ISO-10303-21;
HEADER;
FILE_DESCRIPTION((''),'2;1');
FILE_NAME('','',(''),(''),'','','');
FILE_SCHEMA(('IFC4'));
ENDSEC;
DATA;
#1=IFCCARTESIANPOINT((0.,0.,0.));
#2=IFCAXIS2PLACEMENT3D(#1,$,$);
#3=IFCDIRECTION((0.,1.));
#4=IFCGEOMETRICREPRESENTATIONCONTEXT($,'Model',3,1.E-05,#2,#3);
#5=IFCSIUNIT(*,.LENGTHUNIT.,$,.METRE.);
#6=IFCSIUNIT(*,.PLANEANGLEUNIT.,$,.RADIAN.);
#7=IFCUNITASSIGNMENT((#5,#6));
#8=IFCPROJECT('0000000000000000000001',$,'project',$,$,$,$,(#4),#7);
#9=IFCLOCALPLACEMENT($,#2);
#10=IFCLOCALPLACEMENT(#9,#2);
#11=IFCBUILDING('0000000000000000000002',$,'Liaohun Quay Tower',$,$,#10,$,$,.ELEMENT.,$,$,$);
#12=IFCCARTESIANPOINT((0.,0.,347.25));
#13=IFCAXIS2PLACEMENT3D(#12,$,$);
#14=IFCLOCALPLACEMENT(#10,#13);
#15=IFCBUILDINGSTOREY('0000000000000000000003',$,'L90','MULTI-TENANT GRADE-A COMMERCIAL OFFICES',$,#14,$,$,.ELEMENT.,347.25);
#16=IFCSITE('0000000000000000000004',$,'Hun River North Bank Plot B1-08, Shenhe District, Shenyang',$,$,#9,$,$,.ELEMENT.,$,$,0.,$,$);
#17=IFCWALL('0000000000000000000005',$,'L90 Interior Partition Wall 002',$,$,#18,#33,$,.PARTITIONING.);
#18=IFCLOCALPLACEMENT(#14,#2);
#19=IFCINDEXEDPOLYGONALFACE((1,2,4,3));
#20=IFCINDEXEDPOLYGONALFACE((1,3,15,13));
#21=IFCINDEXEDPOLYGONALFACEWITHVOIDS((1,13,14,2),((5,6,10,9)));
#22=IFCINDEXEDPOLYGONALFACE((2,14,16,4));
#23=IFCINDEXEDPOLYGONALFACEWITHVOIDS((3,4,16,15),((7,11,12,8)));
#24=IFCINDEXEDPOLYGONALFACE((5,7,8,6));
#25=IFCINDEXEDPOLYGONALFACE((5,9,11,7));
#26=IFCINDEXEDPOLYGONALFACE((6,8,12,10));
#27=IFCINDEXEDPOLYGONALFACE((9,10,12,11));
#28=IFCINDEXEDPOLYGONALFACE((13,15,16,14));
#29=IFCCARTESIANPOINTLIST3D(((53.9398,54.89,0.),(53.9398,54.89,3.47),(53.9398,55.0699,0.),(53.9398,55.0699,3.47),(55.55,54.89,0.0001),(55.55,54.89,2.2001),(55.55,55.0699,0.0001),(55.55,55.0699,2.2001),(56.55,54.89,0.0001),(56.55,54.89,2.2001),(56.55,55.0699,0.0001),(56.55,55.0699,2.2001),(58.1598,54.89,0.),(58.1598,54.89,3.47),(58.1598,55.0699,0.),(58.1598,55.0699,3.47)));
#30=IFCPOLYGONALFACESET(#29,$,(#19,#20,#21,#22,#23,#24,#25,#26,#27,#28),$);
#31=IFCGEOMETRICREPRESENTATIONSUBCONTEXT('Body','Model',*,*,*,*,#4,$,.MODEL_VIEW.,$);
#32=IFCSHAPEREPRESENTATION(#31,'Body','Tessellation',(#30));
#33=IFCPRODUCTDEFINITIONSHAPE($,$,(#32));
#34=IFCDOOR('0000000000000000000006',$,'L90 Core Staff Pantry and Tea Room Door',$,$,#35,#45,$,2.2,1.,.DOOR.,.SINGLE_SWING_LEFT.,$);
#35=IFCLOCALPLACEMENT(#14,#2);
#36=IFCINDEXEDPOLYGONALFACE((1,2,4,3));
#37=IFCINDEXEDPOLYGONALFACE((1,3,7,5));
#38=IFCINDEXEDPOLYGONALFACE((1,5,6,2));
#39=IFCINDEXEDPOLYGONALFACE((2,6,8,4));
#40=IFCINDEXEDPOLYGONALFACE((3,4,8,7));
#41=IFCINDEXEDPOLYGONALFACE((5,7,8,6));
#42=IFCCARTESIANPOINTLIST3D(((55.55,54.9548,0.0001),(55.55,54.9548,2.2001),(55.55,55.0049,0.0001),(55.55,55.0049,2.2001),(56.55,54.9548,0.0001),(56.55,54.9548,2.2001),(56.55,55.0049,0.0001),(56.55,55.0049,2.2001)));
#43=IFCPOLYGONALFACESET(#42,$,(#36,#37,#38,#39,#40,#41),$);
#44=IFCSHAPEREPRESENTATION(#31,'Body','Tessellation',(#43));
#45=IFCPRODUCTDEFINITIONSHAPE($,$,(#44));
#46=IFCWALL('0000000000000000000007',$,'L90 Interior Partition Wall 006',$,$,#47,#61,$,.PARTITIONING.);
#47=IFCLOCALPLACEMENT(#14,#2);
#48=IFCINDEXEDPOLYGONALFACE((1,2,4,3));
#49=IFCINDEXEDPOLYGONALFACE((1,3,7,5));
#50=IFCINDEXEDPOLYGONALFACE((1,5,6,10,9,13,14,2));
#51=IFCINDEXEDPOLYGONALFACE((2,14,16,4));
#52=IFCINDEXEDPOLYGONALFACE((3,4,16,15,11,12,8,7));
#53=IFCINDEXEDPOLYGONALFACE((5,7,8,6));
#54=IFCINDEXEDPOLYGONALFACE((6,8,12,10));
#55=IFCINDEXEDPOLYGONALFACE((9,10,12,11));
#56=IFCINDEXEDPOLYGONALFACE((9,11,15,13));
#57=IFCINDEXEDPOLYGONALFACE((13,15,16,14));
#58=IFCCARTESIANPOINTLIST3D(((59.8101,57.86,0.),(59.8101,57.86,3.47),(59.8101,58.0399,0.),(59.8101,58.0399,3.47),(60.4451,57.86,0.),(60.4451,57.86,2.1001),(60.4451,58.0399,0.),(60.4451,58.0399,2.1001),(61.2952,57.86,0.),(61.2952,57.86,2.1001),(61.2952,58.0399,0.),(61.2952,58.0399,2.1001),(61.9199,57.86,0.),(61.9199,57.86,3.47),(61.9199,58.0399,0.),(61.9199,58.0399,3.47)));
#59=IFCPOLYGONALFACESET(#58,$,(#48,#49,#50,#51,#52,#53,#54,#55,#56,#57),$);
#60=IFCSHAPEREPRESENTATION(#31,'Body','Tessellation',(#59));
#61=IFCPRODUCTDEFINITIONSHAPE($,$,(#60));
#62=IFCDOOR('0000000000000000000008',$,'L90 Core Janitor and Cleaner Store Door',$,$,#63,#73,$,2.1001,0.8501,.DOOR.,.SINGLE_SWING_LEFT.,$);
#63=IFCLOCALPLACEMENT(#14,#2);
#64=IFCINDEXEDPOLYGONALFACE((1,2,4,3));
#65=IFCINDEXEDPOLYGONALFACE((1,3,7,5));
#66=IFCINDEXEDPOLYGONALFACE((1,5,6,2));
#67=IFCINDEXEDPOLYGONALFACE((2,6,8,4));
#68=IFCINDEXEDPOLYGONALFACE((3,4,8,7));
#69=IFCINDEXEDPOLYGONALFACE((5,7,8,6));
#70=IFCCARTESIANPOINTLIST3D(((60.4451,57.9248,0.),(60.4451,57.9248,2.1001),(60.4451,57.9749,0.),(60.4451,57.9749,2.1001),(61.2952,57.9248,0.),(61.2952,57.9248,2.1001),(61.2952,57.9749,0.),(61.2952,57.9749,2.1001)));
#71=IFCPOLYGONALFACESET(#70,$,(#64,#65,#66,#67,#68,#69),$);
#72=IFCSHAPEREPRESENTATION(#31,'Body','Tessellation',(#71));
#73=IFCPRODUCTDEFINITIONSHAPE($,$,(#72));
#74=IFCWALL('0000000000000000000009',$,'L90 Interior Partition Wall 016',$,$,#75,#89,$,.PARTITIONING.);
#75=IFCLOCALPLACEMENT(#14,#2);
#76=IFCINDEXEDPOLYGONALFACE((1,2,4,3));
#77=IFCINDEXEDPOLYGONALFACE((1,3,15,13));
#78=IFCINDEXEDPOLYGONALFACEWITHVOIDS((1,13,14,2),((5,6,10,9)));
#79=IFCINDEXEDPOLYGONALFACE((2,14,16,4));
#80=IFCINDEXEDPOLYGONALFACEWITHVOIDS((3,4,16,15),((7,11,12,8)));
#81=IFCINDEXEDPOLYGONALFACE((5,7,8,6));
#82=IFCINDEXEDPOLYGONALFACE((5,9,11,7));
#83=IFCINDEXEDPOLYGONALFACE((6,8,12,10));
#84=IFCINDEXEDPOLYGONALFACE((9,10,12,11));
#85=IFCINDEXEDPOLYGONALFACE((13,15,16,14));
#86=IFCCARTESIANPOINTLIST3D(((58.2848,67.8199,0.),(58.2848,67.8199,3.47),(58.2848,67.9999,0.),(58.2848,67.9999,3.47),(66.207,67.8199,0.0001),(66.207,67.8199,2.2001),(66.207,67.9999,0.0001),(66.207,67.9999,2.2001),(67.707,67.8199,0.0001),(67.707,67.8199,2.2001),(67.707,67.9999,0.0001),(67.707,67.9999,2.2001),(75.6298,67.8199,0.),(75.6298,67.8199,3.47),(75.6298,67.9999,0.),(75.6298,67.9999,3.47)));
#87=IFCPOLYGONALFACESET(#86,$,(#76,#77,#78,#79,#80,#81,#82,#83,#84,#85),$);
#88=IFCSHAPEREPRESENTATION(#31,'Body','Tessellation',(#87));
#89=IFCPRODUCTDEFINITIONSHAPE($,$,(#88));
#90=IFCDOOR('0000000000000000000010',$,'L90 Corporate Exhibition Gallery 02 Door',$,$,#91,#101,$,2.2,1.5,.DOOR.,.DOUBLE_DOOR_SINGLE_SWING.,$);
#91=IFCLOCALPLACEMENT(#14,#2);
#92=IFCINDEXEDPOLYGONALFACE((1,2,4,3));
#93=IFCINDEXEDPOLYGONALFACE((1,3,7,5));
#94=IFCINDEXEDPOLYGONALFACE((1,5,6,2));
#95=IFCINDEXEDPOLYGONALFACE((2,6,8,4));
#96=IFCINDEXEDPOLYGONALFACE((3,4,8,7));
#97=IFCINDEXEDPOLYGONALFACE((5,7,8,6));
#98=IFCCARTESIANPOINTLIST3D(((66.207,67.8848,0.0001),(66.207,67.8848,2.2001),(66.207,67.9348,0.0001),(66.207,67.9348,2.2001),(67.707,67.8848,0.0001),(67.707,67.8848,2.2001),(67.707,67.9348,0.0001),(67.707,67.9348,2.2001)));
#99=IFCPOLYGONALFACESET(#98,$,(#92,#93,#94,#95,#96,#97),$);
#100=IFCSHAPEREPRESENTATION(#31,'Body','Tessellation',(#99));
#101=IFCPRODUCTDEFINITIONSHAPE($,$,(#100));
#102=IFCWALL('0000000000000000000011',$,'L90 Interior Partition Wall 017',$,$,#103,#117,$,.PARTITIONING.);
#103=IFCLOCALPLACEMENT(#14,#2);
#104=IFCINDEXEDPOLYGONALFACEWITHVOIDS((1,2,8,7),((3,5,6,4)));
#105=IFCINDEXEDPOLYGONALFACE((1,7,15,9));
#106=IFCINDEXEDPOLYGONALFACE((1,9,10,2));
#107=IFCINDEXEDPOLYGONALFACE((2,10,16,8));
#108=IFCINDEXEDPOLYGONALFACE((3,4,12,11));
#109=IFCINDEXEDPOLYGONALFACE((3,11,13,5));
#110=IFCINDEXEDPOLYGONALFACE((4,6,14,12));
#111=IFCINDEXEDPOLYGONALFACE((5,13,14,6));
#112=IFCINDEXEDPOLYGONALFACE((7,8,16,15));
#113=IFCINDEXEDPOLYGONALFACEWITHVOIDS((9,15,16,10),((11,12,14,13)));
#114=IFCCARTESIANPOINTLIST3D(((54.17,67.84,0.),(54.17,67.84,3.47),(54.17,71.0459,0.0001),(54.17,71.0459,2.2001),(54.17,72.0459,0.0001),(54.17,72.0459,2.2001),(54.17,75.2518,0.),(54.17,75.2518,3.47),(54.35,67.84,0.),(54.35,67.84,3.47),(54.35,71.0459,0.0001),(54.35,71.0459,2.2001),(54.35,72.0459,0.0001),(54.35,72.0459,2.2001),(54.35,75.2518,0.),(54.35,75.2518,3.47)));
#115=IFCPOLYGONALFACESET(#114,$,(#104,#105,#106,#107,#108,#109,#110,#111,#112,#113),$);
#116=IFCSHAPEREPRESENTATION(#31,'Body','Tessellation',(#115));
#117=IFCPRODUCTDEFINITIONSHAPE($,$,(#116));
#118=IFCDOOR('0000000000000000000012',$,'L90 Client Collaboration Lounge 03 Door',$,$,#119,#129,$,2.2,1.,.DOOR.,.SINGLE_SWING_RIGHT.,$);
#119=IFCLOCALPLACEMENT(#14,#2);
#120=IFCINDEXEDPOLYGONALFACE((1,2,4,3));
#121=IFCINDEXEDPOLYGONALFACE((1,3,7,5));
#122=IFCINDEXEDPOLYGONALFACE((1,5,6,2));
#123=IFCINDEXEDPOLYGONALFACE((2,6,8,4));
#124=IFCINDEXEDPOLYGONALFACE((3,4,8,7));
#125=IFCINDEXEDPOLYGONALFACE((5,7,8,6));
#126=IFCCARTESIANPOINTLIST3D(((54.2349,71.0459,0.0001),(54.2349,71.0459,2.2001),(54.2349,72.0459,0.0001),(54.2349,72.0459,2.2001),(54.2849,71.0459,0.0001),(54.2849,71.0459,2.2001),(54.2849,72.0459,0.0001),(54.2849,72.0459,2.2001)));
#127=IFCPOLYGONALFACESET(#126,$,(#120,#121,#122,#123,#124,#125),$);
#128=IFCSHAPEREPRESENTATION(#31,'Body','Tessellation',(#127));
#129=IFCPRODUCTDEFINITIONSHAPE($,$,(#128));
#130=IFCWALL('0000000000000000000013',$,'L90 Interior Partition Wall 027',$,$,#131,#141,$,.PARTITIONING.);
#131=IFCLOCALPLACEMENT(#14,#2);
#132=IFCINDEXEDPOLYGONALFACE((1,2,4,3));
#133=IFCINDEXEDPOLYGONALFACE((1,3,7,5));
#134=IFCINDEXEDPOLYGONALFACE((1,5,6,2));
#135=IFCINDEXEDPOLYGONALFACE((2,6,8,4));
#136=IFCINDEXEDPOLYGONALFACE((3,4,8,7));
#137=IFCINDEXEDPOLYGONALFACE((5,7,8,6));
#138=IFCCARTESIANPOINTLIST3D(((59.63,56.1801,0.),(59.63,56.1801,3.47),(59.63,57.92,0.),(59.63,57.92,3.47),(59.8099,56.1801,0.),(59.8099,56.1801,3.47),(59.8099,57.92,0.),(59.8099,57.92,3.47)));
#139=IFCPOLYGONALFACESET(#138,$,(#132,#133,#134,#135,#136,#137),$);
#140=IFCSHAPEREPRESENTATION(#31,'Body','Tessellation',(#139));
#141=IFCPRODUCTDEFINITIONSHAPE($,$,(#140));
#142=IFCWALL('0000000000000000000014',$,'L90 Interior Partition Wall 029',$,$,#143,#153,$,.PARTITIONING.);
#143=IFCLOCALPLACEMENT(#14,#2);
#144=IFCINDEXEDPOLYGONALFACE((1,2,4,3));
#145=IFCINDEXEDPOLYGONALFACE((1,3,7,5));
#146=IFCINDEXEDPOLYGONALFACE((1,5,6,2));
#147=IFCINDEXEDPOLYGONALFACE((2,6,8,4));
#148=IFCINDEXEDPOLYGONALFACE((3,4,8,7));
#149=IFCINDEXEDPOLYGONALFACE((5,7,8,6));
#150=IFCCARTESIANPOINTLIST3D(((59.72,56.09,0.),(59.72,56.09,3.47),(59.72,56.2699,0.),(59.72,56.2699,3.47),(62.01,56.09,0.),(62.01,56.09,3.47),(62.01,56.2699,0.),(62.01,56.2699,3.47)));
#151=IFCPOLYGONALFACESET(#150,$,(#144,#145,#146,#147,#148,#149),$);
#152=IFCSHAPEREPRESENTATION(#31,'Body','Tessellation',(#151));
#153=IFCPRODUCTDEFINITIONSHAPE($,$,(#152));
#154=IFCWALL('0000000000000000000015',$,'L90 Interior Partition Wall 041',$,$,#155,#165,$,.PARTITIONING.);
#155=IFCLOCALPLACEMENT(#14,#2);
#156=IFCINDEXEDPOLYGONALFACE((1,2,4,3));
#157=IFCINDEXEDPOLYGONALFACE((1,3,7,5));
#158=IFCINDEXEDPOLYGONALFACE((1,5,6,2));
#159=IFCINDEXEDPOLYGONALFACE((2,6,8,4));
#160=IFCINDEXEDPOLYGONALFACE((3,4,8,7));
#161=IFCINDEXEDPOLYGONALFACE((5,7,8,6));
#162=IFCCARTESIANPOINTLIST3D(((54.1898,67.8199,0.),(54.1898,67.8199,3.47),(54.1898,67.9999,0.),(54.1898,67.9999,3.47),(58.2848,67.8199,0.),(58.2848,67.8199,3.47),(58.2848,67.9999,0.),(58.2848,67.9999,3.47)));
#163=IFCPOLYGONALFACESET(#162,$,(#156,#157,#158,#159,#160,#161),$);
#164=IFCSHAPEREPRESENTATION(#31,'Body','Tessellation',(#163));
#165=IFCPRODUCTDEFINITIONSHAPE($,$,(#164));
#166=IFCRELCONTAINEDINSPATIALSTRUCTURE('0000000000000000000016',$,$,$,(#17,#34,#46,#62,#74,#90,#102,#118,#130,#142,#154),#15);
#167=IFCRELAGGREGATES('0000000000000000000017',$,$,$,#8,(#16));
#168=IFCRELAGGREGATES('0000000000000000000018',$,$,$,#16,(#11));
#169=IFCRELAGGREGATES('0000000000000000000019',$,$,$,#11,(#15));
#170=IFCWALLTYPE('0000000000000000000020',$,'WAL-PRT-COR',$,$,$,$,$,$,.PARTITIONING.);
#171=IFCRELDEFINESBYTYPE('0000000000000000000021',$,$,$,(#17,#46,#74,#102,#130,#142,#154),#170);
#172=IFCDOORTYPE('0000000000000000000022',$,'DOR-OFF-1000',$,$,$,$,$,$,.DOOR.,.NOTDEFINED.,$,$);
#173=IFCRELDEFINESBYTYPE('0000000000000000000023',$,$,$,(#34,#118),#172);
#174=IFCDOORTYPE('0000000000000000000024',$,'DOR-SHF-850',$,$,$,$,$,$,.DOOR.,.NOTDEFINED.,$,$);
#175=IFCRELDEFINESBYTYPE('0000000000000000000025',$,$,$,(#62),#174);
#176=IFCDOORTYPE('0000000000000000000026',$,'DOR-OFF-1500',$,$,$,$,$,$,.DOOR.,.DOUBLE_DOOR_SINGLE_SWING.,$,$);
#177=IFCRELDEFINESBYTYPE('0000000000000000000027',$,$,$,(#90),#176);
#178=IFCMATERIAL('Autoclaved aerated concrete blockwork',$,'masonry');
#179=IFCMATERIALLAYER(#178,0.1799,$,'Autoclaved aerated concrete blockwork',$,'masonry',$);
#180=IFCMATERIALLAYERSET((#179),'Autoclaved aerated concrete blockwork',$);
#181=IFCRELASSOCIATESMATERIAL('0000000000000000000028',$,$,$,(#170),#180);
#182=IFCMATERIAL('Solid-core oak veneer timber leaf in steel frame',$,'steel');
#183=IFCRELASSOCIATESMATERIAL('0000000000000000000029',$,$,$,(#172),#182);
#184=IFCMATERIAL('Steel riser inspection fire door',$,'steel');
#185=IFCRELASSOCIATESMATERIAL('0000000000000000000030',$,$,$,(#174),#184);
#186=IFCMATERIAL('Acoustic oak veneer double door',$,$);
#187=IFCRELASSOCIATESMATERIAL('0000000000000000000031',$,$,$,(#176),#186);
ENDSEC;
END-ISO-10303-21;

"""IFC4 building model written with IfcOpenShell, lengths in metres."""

from ifc_helpers import new_model, si_unit, direction, frame, frame_2d, origin, place, context, subcontext, project, spatial, rectangle, extrude, source, transform, mapped, material, layer, layer_set, type_object, element, fill, save


model = new_model("IFC4")

# Units and contexts
model_context = context("Model", 3, precision=1e-05, world=origin(), true_north=direction((0.0, 1.0)))
body_context = subcontext(model_context, "Body", "Model", "MODEL_VIEW")
ifc_project = project(units=[si_unit("LENGTHUNIT", "METRE"), si_unit("PLANEANGLEUNIT", "RADIAN")], contexts=[model_context])

# Site, building, storey
site_placement = place(None, origin())
site = spatial("IfcSite", under=ifc_project, at=site_placement, Name="Hun River North Bank Plot B1-08, Shenhe District, Shenyang", CompositionType="ELEMENT", RefElevation=0.0)
building_placement = place(site_placement, origin())
building = spatial("IfcBuilding", under=site, at=building_placement, Name="Liaohun Quay Tower", CompositionType="ELEMENT")
storey_placement = place(building_placement, frame((0.0, 0.0, 347.25)))
storey = spatial("IfcBuildingStorey", under=building, at=storey_placement, Name="L90", Description="MULTI-TENANT GRADE-A COMMERCIAL OFFICES", CompositionType="ELEMENT", Elevation=347.25)

# Walls, openings, doors
ifc_material_1 = material(Name="Autoclaved aerated concrete blockwork", Category="masonry")
ifc_layer_1 = layer(ifc_material_1, 0.1799, Name="Autoclaved aerated concrete blockwork", Category="masonry")
ifc_layer_set_1 = layer_set([ifc_layer_1], Name="Autoclaved aerated concrete blockwork")
wall_type_1 = type_object("IfcWallType", Name="WAL-PRT-COR", PredefinedType="PARTITIONING", material=ifc_layer_set_1)
wall_1_placement = place(storey_placement, frame((53.9399, 54.98, 0.0), z_axis=(0.0, 0.0, 1.0), x_axis=(1.0, 0.0, 0.0)))
wall_1 = element("IfcWall", 1, at=wall_1_placement, inside=storey, type_object=wall_type_1, Name="L90 Interior Partition Wall 002", PredefinedType="PARTITIONING", context=body_context, shape_type="SweptSolid", body=[
    extrude(rectangle(XDim=4.22, YDim=0.1799, at=frame_2d((2.1099, 0.0))), origin(), (0.0, 0.0, 1.0), 3.47),
])
shared_shape_1 = source(origin(), body_context, "Body", "SweptSolid", [
    extrude(rectangle(XDim=1.0, YDim=2.2, at=frame_2d((0.5, 1.1001))), frame((0.0, 0.0999, 0.0), z_axis=(0.0, -1.0, 0.0), x_axis=(1.0, 0.0, 0.0)), (0.0, 0.0, 1.0), 0.2),
])
opening_1_placement = place(wall_1_placement, frame((1.6101, 0.0, 0.0)))
opening_1 = element("IfcOpeningElement", 2, at=opening_1_placement, cuts=wall_1, PredefinedType="OPENING", context=body_context, shape_type="MappedRepresentation", body=[
    mapped(shared_shape_1, transform((0.0, 0.0, 0.0), x_axis=(1.0, 0.0, 0.0), y_axis=(0.0, 1.0, 0.0), z_axis=(0.0, 0.0, 1.0), scale=1.0)),
])
ifc_material_2 = material(Name="Solid-core oak veneer timber leaf in steel frame", Category="steel")
door_type_1 = type_object("IfcDoorType", Name="DOR-OFF-1000", OperationType="NOTDEFINED", PredefinedType="DOOR", material=ifc_material_2)
shared_shape_2 = source(origin(), body_context, "Body", "SweptSolid", [
    extrude(rectangle(XDim=1.0, YDim=2.2, at=frame_2d((0.5, 1.1001))), frame((0.0, 0.0249, 0.0), z_axis=(0.0, -1.0, 0.0), x_axis=(1.0, 0.0, 0.0)), (0.0, 0.0, 1.0), 0.05),
])
door_1_placement = place(opening_1_placement, origin())
door_1 = element("IfcDoor", 3, at=door_1_placement, inside=storey, type_object=door_type_1, Name="L90 Core Staff Pantry and Tea Room Door", OperationType="SINGLE_SWING_LEFT", OverallHeight=2.2, OverallWidth=1.0, PredefinedType="DOOR", context=body_context, shape_type="MappedRepresentation", body=[
    mapped(shared_shape_2, transform((0.0, 0.0, 0.0), x_axis=(1.0, 0.0, 0.0), y_axis=(0.0, 1.0, 0.0), z_axis=(0.0, 0.0, 1.0), scale=1.0)),
])
fill(opening_1, door_1)
wall_2_placement = place(storey_placement, frame((59.8101, 57.95, 0.0), z_axis=(0.0, 0.0, 1.0), x_axis=(1.0, 0.0, 0.0)))
wall_2 = element("IfcWall", 4, at=wall_2_placement, inside=storey, type_object=wall_type_1, Name="L90 Interior Partition Wall 006", PredefinedType="PARTITIONING", context=body_context, shape_type="SweptSolid", body=[
    extrude(rectangle(XDim=2.1099, YDim=0.1799, at=frame_2d((1.0549, 0.0))), origin(), (0.0, 0.0, 1.0), 3.47),
])
shared_shape_3 = source(origin(), body_context, "Body", "SweptSolid", [
    extrude(rectangle(XDim=0.8501, YDim=2.1001, at=frame_2d((0.425, 1.05))), frame((0.0, 0.0999, 0.0), z_axis=(0.0, -1.0, 0.0), x_axis=(1.0, 0.0, 0.0)), (0.0, 0.0, 1.0), 0.2),
])
opening_2_placement = place(wall_2_placement, frame((0.635, 0.0, 0.0)))
opening_2 = element("IfcOpeningElement", 5, at=opening_2_placement, cuts=wall_2, PredefinedType="OPENING", context=body_context, shape_type="MappedRepresentation", body=[
    mapped(shared_shape_3, transform((0.0, 0.0, 0.0), x_axis=(1.0, 0.0, 0.0), y_axis=(0.0, 1.0, 0.0), z_axis=(0.0, 0.0, 1.0), scale=1.0)),
])
ifc_material_3 = material(Name="Steel riser inspection fire door", Category="steel")
door_type_2 = type_object("IfcDoorType", Name="DOR-SHF-850", OperationType="NOTDEFINED", PredefinedType="DOOR", material=ifc_material_3)
shared_shape_4 = source(origin(), body_context, "Body", "SweptSolid", [
    extrude(rectangle(XDim=0.8501, YDim=2.1001, at=frame_2d((0.425, 1.05))), frame((0.0, 0.0249, 0.0), z_axis=(0.0, -1.0, 0.0), x_axis=(1.0, 0.0, 0.0)), (0.0, 0.0, 1.0), 0.05),
])
door_2_placement = place(opening_2_placement, origin())
door_2 = element("IfcDoor", 6, at=door_2_placement, inside=storey, type_object=door_type_2, Name="L90 Core Janitor and Cleaner Store Door", OperationType="SINGLE_SWING_LEFT", OverallHeight=2.1001, OverallWidth=0.8501, PredefinedType="DOOR", context=body_context, shape_type="MappedRepresentation", body=[
    mapped(shared_shape_4, transform((0.0, 0.0, 0.0), x_axis=(1.0, 0.0, 0.0), y_axis=(0.0, 1.0, 0.0), z_axis=(0.0, 0.0, 1.0), scale=1.0)),
])
fill(opening_2, door_2)
wall_3_placement = place(storey_placement, frame((58.2849, 67.9099, 0.0), z_axis=(0.0, 0.0, 1.0), x_axis=(1.0, 0.0, 0.0)))
wall_3 = element("IfcWall", 7, at=wall_3_placement, inside=storey, type_object=wall_type_1, Name="L90 Interior Partition Wall 016", PredefinedType="PARTITIONING", context=body_context, shape_type="SweptSolid", body=[
    extrude(rectangle(XDim=17.345, YDim=0.1799, at=frame_2d((8.6724, 0.0))), origin(), (0.0, 0.0, 1.0), 3.47),
])
shared_shape_5 = source(origin(), body_context, "Body", "SweptSolid", [
    extrude(rectangle(XDim=1.5, YDim=2.2, at=frame_2d((0.75, 1.1001))), frame((0.0, 0.0999, 0.0), z_axis=(0.0, -1.0, 0.0), x_axis=(1.0, 0.0, 0.0)), (0.0, 0.0, 1.0), 0.2),
])
opening_3_placement = place(wall_3_placement, frame((7.9221, 0.0, 0.0)))
opening_3 = element("IfcOpeningElement", 8, at=opening_3_placement, cuts=wall_3, PredefinedType="OPENING", context=body_context, shape_type="MappedRepresentation", body=[
    mapped(shared_shape_5, transform((0.0, 0.0, 0.0), x_axis=(1.0, 0.0, 0.0), y_axis=(0.0, 1.0, 0.0), z_axis=(0.0, 0.0, 1.0), scale=1.0)),
])
ifc_material_4 = material(Name="Acoustic oak veneer double door")
door_type_3 = type_object("IfcDoorType", Name="DOR-OFF-1500", OperationType="DOUBLE_DOOR_SINGLE_SWING", PredefinedType="DOOR", material=ifc_material_4)
shared_shape_6 = source(origin(), body_context, "Body", "SweptSolid", [
    extrude(rectangle(XDim=1.5, YDim=2.2, at=frame_2d((0.75, 1.1001))), frame((0.0, 0.0249, 0.0), z_axis=(0.0, -1.0, 0.0), x_axis=(1.0, 0.0, 0.0)), (0.0, 0.0, 1.0), 0.05),
])
door_3_placement = place(opening_3_placement, origin())
door_3 = element("IfcDoor", 9, at=door_3_placement, inside=storey, type_object=door_type_3, Name="L90 Corporate Exhibition Gallery 02 Door", OperationType="DOUBLE_DOOR_SINGLE_SWING", OverallHeight=2.2, OverallWidth=1.5, PredefinedType="DOOR", context=body_context, shape_type="MappedRepresentation", body=[
    mapped(shared_shape_6, transform((0.0, 0.0, 0.0), x_axis=(1.0, 0.0, 0.0), y_axis=(0.0, 1.0, 0.0), z_axis=(0.0, 0.0, 1.0), scale=1.0)),
])
fill(opening_3, door_3)
wall_4_placement = place(storey_placement, frame((54.26, 75.252, 0.0), z_axis=(0.0, 0.0, 1.0), x_axis=(0.0, -1.0, 0.0)))
wall_4 = element("IfcWall", 10, at=wall_4_placement, inside=storey, type_object=wall_type_1, Name="L90 Interior Partition Wall 017", PredefinedType="PARTITIONING", context=body_context, shape_type="SweptSolid", body=[
    extrude(rectangle(XDim=7.4119, YDim=0.1799, at=frame_2d((3.7061, 0.0))), origin(), (0.0, 0.0, 1.0), 3.47),
])
opening_4_placement = place(wall_4_placement, frame((3.2061, 0.0, 0.0)))
opening_4 = element("IfcOpeningElement", 11, at=opening_4_placement, cuts=wall_4, PredefinedType="OPENING", context=body_context, shape_type="MappedRepresentation", body=[
    mapped(shared_shape_1, transform((0.0, 0.0, 0.0), x_axis=(1.0, 0.0, 0.0), y_axis=(0.0, 1.0, 0.0), z_axis=(0.0, 0.0, 1.0), scale=1.0)),
])
door_4_placement = place(opening_4_placement, origin())
door_4 = element("IfcDoor", 12, at=door_4_placement, inside=storey, type_object=door_type_1, Name="L90 Client Collaboration Lounge 03 Door", OperationType="SINGLE_SWING_RIGHT", OverallHeight=2.2, OverallWidth=1.0, PredefinedType="DOOR", context=body_context, shape_type="MappedRepresentation", body=[
    mapped(shared_shape_2, transform((0.0, 0.0, 0.0), x_axis=(1.0, 0.0, 0.0), y_axis=(0.0, 1.0, 0.0), z_axis=(0.0, 0.0, 1.0), scale=1.0)),
])
fill(opening_4, door_4)

# Walls
wall_5_placement = place(storey_placement, frame((59.72, 56.1799, 0.0), z_axis=(0.0, 0.0, 1.0), x_axis=(0.0, 1.0, 0.0)))
element("IfcWall", 13, at=wall_5_placement, inside=storey, type_object=wall_type_1, Name="L90 Interior Partition Wall 027", PredefinedType="PARTITIONING", context=body_context, shape_type="SweptSolid", body=[
    extrude(rectangle(XDim=1.74, YDim=0.1799, at=frame_2d((0.8701, 0.0))), origin(), (0.0, 0.0, 1.0), 3.47),
])
wall_6_placement = place(storey_placement, frame((59.72, 56.1799, 0.0), z_axis=(0.0, 0.0, 1.0), x_axis=(1.0, 0.0, 0.0)))
element("IfcWall", 14, at=wall_6_placement, inside=storey, type_object=wall_type_1, Name="L90 Interior Partition Wall 029", PredefinedType="PARTITIONING", context=body_context, shape_type="SweptSolid", body=[
    extrude(rectangle(XDim=2.29, YDim=0.1799, at=frame_2d((1.145, 0.0))), origin(), (0.0, 0.0, 1.0), 3.47),
])
wall_7_placement = place(storey_placement, frame((54.1899, 67.9099, 0.0), z_axis=(0.0, 0.0, 1.0), x_axis=(1.0, 0.0, 0.0)))
element("IfcWall", 15, at=wall_7_placement, inside=storey, type_object=wall_type_1, Name="L90 Interior Partition Wall 041", PredefinedType="PARTITIONING", context=body_context, shape_type="SweptSolid", body=[
    extrude(rectangle(XDim=4.095, YDim=0.1799, at=frame_2d((2.0474, 0.0))), origin(), (0.0, 0.0, 1.0), 3.47),
])

save(model, "model.ifc")
